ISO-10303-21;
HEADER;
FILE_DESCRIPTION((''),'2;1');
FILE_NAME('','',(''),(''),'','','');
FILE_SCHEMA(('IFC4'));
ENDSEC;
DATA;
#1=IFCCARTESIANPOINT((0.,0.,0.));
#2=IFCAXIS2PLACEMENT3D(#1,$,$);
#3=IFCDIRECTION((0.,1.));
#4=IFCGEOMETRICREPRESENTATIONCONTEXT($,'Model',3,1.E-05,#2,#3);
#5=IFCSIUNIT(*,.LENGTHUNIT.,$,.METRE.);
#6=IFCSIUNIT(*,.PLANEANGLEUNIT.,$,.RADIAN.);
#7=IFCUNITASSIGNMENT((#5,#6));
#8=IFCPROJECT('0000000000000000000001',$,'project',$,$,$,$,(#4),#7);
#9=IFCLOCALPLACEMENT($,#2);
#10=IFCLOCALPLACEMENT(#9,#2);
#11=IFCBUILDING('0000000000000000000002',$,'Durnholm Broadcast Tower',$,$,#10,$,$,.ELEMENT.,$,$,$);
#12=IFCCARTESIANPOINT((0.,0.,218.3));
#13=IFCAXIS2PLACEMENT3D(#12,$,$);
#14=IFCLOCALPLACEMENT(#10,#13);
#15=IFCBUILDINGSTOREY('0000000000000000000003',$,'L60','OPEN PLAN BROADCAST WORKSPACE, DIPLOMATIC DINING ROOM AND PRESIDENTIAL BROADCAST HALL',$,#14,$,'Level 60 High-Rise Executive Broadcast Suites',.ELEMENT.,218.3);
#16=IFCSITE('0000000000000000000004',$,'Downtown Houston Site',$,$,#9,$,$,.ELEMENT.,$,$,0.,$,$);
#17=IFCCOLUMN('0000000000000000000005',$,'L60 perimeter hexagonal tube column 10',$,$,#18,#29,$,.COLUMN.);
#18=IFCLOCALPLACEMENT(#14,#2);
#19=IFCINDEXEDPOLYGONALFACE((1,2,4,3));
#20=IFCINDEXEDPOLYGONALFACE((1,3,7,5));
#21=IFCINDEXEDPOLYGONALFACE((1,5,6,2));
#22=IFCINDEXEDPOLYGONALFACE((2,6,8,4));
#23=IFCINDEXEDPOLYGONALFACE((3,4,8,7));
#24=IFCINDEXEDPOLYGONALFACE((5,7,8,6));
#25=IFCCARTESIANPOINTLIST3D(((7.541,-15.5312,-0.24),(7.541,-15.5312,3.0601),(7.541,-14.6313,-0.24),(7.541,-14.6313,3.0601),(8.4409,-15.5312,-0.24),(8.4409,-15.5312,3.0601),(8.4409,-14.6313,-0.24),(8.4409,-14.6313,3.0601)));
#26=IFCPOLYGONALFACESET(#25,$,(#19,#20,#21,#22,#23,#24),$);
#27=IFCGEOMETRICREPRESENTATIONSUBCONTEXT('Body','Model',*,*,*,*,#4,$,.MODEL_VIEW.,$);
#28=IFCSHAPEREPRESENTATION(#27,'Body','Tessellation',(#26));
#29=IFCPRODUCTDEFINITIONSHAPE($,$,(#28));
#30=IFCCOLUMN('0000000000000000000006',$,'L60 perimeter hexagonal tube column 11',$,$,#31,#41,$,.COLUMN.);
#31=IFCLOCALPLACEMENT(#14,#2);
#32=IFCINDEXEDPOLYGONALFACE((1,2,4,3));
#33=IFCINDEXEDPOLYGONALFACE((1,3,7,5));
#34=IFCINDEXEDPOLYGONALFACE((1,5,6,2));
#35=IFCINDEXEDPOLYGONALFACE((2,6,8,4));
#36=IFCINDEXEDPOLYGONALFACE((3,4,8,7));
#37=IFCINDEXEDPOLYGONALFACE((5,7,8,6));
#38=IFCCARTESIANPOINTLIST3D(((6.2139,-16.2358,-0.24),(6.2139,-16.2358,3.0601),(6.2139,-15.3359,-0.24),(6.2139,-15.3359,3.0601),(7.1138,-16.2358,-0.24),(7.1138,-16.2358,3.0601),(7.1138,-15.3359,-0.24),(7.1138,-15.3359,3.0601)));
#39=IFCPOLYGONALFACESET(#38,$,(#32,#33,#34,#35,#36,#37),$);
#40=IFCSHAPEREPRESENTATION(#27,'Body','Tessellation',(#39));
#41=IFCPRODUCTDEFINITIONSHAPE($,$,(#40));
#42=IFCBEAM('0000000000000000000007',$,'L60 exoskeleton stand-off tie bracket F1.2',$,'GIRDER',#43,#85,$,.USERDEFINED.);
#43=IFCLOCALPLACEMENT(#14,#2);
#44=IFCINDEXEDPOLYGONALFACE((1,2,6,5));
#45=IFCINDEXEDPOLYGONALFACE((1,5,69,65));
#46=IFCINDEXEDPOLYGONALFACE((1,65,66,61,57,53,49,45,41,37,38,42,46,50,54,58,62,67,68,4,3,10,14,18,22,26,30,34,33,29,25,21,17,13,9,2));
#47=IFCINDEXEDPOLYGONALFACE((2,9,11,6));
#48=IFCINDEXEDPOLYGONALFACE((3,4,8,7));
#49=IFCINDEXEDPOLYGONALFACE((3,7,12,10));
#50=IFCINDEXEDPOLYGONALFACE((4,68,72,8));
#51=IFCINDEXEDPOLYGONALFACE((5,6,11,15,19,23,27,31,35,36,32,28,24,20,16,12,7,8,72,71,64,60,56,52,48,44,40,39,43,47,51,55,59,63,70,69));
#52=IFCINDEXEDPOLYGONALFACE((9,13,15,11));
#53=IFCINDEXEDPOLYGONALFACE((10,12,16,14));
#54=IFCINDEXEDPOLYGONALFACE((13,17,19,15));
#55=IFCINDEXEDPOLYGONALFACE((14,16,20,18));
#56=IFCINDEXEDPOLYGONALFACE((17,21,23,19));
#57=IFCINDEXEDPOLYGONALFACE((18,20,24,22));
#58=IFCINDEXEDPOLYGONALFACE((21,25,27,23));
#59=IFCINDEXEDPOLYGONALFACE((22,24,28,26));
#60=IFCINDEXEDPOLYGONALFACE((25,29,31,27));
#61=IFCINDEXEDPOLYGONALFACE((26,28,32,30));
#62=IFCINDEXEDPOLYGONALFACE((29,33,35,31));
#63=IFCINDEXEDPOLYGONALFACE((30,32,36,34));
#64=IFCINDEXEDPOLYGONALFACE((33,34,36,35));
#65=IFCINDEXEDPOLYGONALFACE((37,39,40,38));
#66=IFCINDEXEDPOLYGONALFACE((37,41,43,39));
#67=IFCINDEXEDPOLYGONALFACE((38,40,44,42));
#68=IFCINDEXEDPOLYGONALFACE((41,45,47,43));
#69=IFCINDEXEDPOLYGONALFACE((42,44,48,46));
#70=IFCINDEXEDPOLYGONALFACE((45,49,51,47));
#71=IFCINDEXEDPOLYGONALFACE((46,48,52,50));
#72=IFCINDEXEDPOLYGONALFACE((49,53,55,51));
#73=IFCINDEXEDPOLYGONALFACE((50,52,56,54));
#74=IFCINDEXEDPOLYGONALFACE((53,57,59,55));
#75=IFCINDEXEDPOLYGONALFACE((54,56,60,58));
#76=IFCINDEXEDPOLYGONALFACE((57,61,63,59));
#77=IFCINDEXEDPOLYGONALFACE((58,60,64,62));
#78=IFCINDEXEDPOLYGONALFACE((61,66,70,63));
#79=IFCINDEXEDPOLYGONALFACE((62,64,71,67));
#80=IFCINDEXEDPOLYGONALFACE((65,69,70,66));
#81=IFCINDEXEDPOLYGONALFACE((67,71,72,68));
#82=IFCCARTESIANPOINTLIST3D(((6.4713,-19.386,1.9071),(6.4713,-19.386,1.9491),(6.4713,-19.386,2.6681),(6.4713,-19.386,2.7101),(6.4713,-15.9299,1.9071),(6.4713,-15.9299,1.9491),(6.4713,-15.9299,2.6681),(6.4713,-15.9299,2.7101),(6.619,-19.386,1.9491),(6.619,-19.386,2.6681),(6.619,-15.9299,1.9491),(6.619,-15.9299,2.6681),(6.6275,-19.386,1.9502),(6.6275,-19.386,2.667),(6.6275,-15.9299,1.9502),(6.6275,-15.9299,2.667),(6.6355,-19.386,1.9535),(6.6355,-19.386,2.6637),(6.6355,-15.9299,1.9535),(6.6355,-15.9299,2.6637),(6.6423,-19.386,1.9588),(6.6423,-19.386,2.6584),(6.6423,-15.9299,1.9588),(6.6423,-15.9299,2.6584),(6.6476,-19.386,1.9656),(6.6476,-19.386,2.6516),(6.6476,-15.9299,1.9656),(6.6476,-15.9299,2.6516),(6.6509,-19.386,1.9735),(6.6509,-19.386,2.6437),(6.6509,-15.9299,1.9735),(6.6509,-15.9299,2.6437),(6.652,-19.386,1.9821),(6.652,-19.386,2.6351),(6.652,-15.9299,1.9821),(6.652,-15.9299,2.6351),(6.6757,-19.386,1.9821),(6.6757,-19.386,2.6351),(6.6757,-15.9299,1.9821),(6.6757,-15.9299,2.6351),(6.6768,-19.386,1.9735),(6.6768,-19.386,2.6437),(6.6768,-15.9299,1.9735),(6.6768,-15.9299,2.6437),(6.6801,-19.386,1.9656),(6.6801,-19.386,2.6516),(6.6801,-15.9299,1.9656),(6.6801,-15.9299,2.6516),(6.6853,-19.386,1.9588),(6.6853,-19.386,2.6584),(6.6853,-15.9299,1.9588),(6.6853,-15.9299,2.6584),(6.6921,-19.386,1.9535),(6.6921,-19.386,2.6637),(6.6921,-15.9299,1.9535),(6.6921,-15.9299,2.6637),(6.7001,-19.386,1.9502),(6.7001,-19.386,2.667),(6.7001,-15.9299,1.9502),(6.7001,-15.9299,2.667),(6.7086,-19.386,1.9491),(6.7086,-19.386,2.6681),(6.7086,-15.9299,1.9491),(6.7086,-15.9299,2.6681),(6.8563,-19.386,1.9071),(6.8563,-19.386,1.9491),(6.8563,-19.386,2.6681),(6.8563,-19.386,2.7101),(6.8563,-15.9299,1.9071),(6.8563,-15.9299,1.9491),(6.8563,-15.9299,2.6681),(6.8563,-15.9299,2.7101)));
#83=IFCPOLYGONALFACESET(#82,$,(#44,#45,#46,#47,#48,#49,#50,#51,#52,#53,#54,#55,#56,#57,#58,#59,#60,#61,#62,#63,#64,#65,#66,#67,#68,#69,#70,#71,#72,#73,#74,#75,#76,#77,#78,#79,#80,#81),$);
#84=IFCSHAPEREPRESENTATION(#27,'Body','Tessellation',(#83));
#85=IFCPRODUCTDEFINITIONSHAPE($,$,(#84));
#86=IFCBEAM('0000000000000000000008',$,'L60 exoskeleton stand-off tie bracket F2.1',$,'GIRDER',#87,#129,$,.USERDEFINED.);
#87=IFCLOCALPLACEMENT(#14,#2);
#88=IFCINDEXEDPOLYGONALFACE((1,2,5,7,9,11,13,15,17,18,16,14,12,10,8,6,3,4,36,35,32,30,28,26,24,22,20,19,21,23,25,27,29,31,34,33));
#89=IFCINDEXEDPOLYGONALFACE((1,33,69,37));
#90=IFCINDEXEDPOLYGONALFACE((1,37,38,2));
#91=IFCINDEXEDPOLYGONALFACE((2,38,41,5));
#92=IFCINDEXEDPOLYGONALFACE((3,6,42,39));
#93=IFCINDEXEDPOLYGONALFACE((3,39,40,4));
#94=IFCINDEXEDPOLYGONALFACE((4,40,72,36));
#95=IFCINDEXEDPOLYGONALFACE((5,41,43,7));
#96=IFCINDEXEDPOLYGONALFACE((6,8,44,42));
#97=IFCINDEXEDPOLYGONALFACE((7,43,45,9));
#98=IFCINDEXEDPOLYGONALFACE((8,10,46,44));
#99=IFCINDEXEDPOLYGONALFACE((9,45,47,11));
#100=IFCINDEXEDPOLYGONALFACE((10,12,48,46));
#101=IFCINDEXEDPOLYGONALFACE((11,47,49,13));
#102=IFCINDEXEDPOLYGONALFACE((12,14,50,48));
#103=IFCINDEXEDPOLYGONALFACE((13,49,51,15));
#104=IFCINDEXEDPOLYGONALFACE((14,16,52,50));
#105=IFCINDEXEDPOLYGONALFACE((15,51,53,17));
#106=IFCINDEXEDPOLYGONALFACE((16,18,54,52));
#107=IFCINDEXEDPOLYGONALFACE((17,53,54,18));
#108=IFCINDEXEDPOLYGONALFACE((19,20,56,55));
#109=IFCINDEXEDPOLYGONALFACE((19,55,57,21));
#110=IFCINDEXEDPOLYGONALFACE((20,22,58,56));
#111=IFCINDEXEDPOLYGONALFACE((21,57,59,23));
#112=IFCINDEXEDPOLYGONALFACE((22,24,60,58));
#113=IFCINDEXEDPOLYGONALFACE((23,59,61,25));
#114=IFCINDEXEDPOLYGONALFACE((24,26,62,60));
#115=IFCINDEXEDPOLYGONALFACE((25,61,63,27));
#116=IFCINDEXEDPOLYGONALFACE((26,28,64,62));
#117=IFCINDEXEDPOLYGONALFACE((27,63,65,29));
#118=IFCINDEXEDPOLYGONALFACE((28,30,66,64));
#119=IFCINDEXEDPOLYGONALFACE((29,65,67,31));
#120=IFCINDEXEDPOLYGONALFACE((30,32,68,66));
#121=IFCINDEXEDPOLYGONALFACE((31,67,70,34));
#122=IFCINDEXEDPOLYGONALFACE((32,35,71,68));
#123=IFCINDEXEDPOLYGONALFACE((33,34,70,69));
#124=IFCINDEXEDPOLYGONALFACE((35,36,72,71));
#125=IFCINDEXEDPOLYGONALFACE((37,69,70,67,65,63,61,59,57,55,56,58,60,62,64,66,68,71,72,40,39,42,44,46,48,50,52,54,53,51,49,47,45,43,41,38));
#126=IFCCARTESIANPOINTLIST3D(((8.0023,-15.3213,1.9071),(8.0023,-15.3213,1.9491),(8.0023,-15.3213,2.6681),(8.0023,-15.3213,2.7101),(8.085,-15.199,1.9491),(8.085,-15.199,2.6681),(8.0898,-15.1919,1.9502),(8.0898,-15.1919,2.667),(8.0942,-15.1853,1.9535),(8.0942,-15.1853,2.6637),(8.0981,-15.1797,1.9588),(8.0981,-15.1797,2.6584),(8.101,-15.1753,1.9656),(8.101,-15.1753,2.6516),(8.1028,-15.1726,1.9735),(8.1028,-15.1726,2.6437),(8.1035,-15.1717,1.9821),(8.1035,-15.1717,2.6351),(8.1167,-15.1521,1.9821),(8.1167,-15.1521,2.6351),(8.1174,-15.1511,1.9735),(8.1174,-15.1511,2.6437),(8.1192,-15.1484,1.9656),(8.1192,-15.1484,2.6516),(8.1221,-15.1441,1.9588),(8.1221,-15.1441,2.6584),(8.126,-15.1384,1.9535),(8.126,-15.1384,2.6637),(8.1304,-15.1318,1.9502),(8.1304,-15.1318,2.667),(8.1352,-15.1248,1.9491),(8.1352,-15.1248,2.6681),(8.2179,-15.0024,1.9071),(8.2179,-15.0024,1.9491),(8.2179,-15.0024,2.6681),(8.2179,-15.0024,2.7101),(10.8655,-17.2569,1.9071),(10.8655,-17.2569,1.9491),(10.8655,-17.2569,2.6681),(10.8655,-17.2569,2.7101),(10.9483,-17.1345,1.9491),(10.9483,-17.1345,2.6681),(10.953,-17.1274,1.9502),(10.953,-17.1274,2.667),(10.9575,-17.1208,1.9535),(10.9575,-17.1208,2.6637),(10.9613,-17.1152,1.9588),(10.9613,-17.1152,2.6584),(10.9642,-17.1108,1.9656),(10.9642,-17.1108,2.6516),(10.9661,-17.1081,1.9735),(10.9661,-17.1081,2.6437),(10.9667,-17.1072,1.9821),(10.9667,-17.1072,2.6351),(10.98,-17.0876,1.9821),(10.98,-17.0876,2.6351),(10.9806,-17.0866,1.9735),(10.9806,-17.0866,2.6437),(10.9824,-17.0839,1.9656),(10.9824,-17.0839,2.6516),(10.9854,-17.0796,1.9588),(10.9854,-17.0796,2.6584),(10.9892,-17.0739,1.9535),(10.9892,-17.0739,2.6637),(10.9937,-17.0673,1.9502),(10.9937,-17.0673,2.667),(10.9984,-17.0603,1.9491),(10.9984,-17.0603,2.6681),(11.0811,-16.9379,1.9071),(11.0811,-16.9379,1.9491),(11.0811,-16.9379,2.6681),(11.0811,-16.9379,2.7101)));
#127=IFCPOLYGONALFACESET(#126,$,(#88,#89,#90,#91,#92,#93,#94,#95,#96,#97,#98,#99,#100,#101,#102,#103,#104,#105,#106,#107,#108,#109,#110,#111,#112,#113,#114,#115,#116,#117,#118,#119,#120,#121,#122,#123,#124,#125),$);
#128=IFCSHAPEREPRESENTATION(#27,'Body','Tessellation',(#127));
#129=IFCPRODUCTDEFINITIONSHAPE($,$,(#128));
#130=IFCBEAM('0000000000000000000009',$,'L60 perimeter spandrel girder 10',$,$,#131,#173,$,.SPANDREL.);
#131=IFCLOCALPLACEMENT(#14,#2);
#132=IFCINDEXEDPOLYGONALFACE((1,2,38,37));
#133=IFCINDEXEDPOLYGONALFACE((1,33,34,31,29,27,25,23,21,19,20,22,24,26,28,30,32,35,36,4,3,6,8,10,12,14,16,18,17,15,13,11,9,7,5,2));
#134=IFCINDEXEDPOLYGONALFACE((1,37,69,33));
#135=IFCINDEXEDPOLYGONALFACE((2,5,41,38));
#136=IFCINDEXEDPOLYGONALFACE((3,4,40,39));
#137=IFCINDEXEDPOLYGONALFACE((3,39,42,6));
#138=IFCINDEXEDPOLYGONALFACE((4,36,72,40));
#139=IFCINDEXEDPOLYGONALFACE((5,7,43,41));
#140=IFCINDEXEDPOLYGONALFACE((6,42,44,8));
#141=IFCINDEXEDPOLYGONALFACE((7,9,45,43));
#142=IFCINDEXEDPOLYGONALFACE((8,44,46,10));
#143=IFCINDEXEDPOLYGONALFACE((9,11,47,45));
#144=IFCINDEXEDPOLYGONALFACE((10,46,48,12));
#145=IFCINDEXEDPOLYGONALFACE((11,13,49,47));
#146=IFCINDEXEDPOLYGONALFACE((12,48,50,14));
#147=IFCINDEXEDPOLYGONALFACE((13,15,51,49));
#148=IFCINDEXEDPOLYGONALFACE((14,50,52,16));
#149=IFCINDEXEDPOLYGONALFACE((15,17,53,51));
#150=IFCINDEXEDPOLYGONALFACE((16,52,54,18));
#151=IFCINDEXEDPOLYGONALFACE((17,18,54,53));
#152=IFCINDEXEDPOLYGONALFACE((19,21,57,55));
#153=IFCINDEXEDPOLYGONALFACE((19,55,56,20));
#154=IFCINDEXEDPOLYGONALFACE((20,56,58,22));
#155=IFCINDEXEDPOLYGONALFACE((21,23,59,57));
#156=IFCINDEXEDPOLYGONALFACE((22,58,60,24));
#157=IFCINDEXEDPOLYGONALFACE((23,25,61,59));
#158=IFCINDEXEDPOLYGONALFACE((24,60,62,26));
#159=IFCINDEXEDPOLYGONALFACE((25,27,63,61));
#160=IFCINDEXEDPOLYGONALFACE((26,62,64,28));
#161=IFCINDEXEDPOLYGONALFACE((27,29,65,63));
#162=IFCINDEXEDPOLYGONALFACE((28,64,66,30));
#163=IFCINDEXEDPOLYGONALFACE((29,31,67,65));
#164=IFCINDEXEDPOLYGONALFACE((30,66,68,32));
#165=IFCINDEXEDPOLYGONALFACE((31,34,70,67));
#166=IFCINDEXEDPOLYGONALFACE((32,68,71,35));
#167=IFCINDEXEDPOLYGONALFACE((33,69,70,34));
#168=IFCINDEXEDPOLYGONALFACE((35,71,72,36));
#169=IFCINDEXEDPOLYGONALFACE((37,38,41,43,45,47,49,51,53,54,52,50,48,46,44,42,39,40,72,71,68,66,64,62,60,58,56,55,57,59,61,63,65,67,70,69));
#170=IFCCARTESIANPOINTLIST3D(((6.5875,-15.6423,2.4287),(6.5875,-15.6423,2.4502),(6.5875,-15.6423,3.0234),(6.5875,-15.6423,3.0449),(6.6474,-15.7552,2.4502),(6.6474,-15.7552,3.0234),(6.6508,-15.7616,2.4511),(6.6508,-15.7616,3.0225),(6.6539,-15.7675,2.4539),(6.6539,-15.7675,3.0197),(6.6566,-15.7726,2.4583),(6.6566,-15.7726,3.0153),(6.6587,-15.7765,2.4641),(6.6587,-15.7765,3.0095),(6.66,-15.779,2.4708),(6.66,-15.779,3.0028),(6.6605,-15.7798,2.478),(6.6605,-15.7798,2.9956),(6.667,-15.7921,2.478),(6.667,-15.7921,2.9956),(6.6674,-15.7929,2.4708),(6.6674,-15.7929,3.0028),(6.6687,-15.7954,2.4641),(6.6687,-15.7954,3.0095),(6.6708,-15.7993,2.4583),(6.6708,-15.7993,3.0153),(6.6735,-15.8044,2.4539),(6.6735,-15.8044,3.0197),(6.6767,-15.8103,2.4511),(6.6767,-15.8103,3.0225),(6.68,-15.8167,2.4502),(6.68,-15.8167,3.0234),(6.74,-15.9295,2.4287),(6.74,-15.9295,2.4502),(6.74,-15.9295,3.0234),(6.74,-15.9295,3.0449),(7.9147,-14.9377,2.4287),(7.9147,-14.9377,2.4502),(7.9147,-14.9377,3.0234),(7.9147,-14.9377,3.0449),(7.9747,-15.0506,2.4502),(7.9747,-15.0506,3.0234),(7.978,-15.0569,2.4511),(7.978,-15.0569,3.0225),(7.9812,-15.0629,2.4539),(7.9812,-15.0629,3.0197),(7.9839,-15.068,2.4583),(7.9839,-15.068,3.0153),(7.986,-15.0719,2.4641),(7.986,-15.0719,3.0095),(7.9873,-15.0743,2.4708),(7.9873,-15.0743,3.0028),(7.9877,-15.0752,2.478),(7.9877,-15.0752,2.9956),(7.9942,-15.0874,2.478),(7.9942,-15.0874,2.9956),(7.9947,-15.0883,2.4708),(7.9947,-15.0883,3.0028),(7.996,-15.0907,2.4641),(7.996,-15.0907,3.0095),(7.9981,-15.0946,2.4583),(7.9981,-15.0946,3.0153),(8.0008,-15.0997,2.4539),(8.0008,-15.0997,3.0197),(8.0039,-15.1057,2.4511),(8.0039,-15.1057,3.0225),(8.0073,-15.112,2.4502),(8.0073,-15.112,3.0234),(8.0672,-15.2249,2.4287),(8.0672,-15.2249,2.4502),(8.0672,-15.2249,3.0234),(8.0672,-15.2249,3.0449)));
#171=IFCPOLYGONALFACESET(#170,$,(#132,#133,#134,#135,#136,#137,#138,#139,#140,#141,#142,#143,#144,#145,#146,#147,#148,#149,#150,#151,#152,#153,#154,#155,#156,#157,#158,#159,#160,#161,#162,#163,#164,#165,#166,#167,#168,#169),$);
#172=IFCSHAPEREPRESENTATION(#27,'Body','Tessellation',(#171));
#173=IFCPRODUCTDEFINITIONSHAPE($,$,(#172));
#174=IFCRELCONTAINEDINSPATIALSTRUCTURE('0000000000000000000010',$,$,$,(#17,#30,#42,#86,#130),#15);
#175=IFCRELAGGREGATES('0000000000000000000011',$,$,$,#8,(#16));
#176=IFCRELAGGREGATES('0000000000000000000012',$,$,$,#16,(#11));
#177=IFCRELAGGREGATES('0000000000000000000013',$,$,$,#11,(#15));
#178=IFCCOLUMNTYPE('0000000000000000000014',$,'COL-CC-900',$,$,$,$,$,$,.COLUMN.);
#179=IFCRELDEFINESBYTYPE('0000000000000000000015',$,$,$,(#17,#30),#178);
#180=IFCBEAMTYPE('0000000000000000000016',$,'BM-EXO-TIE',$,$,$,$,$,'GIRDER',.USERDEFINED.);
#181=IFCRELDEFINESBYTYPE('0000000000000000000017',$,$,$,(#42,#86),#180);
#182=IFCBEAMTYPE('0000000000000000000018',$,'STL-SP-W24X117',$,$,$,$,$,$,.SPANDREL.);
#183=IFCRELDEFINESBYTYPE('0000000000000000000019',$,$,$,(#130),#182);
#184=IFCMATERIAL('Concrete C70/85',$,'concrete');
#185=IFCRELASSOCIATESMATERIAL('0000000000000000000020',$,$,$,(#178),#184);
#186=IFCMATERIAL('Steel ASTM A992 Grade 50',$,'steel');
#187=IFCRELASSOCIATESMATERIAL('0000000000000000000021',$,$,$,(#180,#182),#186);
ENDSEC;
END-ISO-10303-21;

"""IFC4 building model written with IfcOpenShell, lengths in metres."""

from ifc_helpers import new_model, si_unit, direction, frame, origin, origin_2d, place, context, subcontext, project, spatial, rectangle, i_section, extrude, source, transform, mapped, material, material_profile, profile_set, type_object, type_shapes, element, save


model = new_model("IFC4")

# Units and contexts
model_context = context("Model", 3, precision=1e-05, world=origin(), true_north=direction((0.0, 1.0)))
body_context = subcontext(model_context, "Body", "Model", "MODEL_VIEW")
ifc_project = project(units=[si_unit("LENGTHUNIT", "METRE"), si_unit("PLANEANGLEUNIT", "RADIAN")], contexts=[model_context])

# Site, building, storey
site_placement = place(None, origin())
site = spatial("IfcSite", under=ifc_project, at=site_placement, Name="Downtown Houston Site", CompositionType="ELEMENT", RefElevation=0.0)
building_placement = place(site_placement, origin())
building = spatial("IfcBuilding", under=site, at=building_placement, Name="Durnholm Broadcast Tower", CompositionType="ELEMENT")
storey_placement = place(building_placement, frame((0.0, 0.0, 218.3)))
storey = spatial("IfcBuildingStorey", under=building, at=storey_placement, Name="L60", Description="OPEN PLAN BROADCAST WORKSPACE, DIPLOMATIC DINING ROOM AND PRESIDENTIAL BROADCAST HALL", LongName="Level 60 High-Rise Executive Broadcast Suites", CompositionType="ELEMENT", Elevation=218.3)

# Columns
ifc_material_1 = material(Name="Concrete C70/85", Category="concrete")
ifc_material_profile_1 = material_profile(ifc_material_1, rectangle(XDim=0.8999, YDim=0.8999, at=origin_2d()), Name="RC900X900")
ifc_profile_set_1 = profile_set([ifc_material_profile_1], Name="Concrete C70/85")
column_type = type_object("IfcColumnType", Name="COL-CC-900", PredefinedType="COLUMN", material=ifc_profile_set_1)
shared_shape_1 = source(origin(), body_context, "Body", "SweptSolid", [
    extrude(rectangle(XDim=0.8999, YDim=0.8999, at=origin_2d()), origin(), (0.0, 0.0, 1.0), 3.3),
])
type_shapes(column_type, [shared_shape_1])
for number, where, z_axis, x_axis, name in (
    (1, (7.991, -15.0813, -0.24), (0.0, 0.0, 1.0), (1.0, 0.0, 0.0), "L60 perimeter hexagonal tube column 10"),
    (2, (6.6638, -15.7859, -0.24), (0.0, 0.0, 1.0), (1.0, 0.0, 0.0), "L60 perimeter hexagonal tube column 11"),
):
    element("IfcColumn", number, at=place(storey_placement, frame(where, z_axis=z_axis, x_axis=x_axis)), inside=storey, type_object=column_type, Name=name, PredefinedType="COLUMN", context=body_context, shape_type="MappedRepresentation", body=[
        mapped(shared_shape_1, transform((0.0, 0.0, 0.0), x_axis=(1.0, 0.0, 0.0), y_axis=(0.0, 1.0, 0.0), z_axis=(0.0, 0.0, 1.0), scale=1.0)),
    ])

# Beams
ifc_material_2 = material(Name="Steel ASTM A992 Grade 50", Category="steel")
ifc_material_profile_2 = material_profile(ifc_material_2, i_section(OverallWidth=0.385, OverallDepth=0.803, WebThickness=0.0237, FlangeThickness=0.042, FilletRadius=0.033, at=origin_2d()), Name="W30X261")
ifc_profile_set_2 = profile_set([ifc_material_profile_2], Name="Steel ASTM A992 Grade 50")
beam_type_1 = type_object("IfcBeamType", Name="BM-EXO-TIE", ElementType="GIRDER", PredefinedType="USERDEFINED", material=ifc_profile_set_2)
shared_shape_2 = source(origin(), body_context, "Body", "SweptSolid", [
    extrude(i_section(OverallWidth=0.385, OverallDepth=0.803, WebThickness=0.0237, FlangeThickness=0.042, FilletRadius=0.033, at=origin_2d()), origin(), (0.0, 0.0, 1.0), 3.4561),
])
for number, where, z_axis, x_axis, name in (
    (3, (6.6638, -15.9299, 2.3086), (0.0, -1.0, 0.0), (1.0, 0.0, 0.0), "L60 exoskeleton stand-off tie bracket F1.2"),
    (4, (8.1101, -15.1619, 2.3086), (0.828468, -0.560036, 0.0), (0.560036, 0.828468, 0.0), "L60 exoskeleton stand-off tie bracket F2.1"),
):
    element("IfcBeam", number, at=place(storey_placement, frame(where, z_axis=z_axis, x_axis=x_axis)), inside=storey, type_object=beam_type_1, Name=name, ObjectType="GIRDER", PredefinedType="USERDEFINED", context=body_context, shape_type="MappedRepresentation", body=[
        mapped(shared_shape_2, transform((0.0, 0.0, 0.0), x_axis=(1.0, 0.0, 0.0), y_axis=(0.0, 1.0, 0.0), z_axis=(0.0, 0.0, 1.0), scale=1.0)),
    ])
ifc_material_profile_3 = material_profile(ifc_material_2, i_section(OverallWidth=0.3252, OverallDepth=0.6162, WebThickness=0.0139, FlangeThickness=0.0215, FilletRadius=0.0278, at=origin_2d()), Name="W24X117")
ifc_profile_set_3 = profile_set([ifc_material_profile_3], Name="Steel ASTM A992 Grade 50")
beam_type_2 = type_object("IfcBeamType", Name="STL-SP-W24X117", PredefinedType="SPANDREL", material=ifc_profile_set_3)
shared_shape_3 = source(origin(), body_context, "Body", "SweptSolid", [
    extrude(i_section(OverallWidth=0.3252, OverallDepth=0.6162, WebThickness=0.0139, FlangeThickness=0.0215, FilletRadius=0.0278, at=origin_2d()), origin(), (0.0, 0.0, 1.0), 1.5027),
])
beam_1_placement = place(storey_placement, frame((7.991, -15.0813, 2.7368), z_axis=(-0.883242, -0.468918, 0.0), x_axis=(0.468918, -0.883242, 0.0)))
element("IfcBeam", 5, at=beam_1_placement, inside=storey, type_object=beam_type_2, Name="L60 perimeter spandrel girder 10", PredefinedType="SPANDREL", context=body_context, shape_type="MappedRepresentation", body=[
    mapped(shared_shape_3, transform((0.0, 0.0, 0.0), x_axis=(1.0, 0.0, 0.0), y_axis=(0.0, 1.0, 0.0), z_axis=(0.0, 0.0, 1.0), scale=1.0)),
])

save(model, "model.ifc")
